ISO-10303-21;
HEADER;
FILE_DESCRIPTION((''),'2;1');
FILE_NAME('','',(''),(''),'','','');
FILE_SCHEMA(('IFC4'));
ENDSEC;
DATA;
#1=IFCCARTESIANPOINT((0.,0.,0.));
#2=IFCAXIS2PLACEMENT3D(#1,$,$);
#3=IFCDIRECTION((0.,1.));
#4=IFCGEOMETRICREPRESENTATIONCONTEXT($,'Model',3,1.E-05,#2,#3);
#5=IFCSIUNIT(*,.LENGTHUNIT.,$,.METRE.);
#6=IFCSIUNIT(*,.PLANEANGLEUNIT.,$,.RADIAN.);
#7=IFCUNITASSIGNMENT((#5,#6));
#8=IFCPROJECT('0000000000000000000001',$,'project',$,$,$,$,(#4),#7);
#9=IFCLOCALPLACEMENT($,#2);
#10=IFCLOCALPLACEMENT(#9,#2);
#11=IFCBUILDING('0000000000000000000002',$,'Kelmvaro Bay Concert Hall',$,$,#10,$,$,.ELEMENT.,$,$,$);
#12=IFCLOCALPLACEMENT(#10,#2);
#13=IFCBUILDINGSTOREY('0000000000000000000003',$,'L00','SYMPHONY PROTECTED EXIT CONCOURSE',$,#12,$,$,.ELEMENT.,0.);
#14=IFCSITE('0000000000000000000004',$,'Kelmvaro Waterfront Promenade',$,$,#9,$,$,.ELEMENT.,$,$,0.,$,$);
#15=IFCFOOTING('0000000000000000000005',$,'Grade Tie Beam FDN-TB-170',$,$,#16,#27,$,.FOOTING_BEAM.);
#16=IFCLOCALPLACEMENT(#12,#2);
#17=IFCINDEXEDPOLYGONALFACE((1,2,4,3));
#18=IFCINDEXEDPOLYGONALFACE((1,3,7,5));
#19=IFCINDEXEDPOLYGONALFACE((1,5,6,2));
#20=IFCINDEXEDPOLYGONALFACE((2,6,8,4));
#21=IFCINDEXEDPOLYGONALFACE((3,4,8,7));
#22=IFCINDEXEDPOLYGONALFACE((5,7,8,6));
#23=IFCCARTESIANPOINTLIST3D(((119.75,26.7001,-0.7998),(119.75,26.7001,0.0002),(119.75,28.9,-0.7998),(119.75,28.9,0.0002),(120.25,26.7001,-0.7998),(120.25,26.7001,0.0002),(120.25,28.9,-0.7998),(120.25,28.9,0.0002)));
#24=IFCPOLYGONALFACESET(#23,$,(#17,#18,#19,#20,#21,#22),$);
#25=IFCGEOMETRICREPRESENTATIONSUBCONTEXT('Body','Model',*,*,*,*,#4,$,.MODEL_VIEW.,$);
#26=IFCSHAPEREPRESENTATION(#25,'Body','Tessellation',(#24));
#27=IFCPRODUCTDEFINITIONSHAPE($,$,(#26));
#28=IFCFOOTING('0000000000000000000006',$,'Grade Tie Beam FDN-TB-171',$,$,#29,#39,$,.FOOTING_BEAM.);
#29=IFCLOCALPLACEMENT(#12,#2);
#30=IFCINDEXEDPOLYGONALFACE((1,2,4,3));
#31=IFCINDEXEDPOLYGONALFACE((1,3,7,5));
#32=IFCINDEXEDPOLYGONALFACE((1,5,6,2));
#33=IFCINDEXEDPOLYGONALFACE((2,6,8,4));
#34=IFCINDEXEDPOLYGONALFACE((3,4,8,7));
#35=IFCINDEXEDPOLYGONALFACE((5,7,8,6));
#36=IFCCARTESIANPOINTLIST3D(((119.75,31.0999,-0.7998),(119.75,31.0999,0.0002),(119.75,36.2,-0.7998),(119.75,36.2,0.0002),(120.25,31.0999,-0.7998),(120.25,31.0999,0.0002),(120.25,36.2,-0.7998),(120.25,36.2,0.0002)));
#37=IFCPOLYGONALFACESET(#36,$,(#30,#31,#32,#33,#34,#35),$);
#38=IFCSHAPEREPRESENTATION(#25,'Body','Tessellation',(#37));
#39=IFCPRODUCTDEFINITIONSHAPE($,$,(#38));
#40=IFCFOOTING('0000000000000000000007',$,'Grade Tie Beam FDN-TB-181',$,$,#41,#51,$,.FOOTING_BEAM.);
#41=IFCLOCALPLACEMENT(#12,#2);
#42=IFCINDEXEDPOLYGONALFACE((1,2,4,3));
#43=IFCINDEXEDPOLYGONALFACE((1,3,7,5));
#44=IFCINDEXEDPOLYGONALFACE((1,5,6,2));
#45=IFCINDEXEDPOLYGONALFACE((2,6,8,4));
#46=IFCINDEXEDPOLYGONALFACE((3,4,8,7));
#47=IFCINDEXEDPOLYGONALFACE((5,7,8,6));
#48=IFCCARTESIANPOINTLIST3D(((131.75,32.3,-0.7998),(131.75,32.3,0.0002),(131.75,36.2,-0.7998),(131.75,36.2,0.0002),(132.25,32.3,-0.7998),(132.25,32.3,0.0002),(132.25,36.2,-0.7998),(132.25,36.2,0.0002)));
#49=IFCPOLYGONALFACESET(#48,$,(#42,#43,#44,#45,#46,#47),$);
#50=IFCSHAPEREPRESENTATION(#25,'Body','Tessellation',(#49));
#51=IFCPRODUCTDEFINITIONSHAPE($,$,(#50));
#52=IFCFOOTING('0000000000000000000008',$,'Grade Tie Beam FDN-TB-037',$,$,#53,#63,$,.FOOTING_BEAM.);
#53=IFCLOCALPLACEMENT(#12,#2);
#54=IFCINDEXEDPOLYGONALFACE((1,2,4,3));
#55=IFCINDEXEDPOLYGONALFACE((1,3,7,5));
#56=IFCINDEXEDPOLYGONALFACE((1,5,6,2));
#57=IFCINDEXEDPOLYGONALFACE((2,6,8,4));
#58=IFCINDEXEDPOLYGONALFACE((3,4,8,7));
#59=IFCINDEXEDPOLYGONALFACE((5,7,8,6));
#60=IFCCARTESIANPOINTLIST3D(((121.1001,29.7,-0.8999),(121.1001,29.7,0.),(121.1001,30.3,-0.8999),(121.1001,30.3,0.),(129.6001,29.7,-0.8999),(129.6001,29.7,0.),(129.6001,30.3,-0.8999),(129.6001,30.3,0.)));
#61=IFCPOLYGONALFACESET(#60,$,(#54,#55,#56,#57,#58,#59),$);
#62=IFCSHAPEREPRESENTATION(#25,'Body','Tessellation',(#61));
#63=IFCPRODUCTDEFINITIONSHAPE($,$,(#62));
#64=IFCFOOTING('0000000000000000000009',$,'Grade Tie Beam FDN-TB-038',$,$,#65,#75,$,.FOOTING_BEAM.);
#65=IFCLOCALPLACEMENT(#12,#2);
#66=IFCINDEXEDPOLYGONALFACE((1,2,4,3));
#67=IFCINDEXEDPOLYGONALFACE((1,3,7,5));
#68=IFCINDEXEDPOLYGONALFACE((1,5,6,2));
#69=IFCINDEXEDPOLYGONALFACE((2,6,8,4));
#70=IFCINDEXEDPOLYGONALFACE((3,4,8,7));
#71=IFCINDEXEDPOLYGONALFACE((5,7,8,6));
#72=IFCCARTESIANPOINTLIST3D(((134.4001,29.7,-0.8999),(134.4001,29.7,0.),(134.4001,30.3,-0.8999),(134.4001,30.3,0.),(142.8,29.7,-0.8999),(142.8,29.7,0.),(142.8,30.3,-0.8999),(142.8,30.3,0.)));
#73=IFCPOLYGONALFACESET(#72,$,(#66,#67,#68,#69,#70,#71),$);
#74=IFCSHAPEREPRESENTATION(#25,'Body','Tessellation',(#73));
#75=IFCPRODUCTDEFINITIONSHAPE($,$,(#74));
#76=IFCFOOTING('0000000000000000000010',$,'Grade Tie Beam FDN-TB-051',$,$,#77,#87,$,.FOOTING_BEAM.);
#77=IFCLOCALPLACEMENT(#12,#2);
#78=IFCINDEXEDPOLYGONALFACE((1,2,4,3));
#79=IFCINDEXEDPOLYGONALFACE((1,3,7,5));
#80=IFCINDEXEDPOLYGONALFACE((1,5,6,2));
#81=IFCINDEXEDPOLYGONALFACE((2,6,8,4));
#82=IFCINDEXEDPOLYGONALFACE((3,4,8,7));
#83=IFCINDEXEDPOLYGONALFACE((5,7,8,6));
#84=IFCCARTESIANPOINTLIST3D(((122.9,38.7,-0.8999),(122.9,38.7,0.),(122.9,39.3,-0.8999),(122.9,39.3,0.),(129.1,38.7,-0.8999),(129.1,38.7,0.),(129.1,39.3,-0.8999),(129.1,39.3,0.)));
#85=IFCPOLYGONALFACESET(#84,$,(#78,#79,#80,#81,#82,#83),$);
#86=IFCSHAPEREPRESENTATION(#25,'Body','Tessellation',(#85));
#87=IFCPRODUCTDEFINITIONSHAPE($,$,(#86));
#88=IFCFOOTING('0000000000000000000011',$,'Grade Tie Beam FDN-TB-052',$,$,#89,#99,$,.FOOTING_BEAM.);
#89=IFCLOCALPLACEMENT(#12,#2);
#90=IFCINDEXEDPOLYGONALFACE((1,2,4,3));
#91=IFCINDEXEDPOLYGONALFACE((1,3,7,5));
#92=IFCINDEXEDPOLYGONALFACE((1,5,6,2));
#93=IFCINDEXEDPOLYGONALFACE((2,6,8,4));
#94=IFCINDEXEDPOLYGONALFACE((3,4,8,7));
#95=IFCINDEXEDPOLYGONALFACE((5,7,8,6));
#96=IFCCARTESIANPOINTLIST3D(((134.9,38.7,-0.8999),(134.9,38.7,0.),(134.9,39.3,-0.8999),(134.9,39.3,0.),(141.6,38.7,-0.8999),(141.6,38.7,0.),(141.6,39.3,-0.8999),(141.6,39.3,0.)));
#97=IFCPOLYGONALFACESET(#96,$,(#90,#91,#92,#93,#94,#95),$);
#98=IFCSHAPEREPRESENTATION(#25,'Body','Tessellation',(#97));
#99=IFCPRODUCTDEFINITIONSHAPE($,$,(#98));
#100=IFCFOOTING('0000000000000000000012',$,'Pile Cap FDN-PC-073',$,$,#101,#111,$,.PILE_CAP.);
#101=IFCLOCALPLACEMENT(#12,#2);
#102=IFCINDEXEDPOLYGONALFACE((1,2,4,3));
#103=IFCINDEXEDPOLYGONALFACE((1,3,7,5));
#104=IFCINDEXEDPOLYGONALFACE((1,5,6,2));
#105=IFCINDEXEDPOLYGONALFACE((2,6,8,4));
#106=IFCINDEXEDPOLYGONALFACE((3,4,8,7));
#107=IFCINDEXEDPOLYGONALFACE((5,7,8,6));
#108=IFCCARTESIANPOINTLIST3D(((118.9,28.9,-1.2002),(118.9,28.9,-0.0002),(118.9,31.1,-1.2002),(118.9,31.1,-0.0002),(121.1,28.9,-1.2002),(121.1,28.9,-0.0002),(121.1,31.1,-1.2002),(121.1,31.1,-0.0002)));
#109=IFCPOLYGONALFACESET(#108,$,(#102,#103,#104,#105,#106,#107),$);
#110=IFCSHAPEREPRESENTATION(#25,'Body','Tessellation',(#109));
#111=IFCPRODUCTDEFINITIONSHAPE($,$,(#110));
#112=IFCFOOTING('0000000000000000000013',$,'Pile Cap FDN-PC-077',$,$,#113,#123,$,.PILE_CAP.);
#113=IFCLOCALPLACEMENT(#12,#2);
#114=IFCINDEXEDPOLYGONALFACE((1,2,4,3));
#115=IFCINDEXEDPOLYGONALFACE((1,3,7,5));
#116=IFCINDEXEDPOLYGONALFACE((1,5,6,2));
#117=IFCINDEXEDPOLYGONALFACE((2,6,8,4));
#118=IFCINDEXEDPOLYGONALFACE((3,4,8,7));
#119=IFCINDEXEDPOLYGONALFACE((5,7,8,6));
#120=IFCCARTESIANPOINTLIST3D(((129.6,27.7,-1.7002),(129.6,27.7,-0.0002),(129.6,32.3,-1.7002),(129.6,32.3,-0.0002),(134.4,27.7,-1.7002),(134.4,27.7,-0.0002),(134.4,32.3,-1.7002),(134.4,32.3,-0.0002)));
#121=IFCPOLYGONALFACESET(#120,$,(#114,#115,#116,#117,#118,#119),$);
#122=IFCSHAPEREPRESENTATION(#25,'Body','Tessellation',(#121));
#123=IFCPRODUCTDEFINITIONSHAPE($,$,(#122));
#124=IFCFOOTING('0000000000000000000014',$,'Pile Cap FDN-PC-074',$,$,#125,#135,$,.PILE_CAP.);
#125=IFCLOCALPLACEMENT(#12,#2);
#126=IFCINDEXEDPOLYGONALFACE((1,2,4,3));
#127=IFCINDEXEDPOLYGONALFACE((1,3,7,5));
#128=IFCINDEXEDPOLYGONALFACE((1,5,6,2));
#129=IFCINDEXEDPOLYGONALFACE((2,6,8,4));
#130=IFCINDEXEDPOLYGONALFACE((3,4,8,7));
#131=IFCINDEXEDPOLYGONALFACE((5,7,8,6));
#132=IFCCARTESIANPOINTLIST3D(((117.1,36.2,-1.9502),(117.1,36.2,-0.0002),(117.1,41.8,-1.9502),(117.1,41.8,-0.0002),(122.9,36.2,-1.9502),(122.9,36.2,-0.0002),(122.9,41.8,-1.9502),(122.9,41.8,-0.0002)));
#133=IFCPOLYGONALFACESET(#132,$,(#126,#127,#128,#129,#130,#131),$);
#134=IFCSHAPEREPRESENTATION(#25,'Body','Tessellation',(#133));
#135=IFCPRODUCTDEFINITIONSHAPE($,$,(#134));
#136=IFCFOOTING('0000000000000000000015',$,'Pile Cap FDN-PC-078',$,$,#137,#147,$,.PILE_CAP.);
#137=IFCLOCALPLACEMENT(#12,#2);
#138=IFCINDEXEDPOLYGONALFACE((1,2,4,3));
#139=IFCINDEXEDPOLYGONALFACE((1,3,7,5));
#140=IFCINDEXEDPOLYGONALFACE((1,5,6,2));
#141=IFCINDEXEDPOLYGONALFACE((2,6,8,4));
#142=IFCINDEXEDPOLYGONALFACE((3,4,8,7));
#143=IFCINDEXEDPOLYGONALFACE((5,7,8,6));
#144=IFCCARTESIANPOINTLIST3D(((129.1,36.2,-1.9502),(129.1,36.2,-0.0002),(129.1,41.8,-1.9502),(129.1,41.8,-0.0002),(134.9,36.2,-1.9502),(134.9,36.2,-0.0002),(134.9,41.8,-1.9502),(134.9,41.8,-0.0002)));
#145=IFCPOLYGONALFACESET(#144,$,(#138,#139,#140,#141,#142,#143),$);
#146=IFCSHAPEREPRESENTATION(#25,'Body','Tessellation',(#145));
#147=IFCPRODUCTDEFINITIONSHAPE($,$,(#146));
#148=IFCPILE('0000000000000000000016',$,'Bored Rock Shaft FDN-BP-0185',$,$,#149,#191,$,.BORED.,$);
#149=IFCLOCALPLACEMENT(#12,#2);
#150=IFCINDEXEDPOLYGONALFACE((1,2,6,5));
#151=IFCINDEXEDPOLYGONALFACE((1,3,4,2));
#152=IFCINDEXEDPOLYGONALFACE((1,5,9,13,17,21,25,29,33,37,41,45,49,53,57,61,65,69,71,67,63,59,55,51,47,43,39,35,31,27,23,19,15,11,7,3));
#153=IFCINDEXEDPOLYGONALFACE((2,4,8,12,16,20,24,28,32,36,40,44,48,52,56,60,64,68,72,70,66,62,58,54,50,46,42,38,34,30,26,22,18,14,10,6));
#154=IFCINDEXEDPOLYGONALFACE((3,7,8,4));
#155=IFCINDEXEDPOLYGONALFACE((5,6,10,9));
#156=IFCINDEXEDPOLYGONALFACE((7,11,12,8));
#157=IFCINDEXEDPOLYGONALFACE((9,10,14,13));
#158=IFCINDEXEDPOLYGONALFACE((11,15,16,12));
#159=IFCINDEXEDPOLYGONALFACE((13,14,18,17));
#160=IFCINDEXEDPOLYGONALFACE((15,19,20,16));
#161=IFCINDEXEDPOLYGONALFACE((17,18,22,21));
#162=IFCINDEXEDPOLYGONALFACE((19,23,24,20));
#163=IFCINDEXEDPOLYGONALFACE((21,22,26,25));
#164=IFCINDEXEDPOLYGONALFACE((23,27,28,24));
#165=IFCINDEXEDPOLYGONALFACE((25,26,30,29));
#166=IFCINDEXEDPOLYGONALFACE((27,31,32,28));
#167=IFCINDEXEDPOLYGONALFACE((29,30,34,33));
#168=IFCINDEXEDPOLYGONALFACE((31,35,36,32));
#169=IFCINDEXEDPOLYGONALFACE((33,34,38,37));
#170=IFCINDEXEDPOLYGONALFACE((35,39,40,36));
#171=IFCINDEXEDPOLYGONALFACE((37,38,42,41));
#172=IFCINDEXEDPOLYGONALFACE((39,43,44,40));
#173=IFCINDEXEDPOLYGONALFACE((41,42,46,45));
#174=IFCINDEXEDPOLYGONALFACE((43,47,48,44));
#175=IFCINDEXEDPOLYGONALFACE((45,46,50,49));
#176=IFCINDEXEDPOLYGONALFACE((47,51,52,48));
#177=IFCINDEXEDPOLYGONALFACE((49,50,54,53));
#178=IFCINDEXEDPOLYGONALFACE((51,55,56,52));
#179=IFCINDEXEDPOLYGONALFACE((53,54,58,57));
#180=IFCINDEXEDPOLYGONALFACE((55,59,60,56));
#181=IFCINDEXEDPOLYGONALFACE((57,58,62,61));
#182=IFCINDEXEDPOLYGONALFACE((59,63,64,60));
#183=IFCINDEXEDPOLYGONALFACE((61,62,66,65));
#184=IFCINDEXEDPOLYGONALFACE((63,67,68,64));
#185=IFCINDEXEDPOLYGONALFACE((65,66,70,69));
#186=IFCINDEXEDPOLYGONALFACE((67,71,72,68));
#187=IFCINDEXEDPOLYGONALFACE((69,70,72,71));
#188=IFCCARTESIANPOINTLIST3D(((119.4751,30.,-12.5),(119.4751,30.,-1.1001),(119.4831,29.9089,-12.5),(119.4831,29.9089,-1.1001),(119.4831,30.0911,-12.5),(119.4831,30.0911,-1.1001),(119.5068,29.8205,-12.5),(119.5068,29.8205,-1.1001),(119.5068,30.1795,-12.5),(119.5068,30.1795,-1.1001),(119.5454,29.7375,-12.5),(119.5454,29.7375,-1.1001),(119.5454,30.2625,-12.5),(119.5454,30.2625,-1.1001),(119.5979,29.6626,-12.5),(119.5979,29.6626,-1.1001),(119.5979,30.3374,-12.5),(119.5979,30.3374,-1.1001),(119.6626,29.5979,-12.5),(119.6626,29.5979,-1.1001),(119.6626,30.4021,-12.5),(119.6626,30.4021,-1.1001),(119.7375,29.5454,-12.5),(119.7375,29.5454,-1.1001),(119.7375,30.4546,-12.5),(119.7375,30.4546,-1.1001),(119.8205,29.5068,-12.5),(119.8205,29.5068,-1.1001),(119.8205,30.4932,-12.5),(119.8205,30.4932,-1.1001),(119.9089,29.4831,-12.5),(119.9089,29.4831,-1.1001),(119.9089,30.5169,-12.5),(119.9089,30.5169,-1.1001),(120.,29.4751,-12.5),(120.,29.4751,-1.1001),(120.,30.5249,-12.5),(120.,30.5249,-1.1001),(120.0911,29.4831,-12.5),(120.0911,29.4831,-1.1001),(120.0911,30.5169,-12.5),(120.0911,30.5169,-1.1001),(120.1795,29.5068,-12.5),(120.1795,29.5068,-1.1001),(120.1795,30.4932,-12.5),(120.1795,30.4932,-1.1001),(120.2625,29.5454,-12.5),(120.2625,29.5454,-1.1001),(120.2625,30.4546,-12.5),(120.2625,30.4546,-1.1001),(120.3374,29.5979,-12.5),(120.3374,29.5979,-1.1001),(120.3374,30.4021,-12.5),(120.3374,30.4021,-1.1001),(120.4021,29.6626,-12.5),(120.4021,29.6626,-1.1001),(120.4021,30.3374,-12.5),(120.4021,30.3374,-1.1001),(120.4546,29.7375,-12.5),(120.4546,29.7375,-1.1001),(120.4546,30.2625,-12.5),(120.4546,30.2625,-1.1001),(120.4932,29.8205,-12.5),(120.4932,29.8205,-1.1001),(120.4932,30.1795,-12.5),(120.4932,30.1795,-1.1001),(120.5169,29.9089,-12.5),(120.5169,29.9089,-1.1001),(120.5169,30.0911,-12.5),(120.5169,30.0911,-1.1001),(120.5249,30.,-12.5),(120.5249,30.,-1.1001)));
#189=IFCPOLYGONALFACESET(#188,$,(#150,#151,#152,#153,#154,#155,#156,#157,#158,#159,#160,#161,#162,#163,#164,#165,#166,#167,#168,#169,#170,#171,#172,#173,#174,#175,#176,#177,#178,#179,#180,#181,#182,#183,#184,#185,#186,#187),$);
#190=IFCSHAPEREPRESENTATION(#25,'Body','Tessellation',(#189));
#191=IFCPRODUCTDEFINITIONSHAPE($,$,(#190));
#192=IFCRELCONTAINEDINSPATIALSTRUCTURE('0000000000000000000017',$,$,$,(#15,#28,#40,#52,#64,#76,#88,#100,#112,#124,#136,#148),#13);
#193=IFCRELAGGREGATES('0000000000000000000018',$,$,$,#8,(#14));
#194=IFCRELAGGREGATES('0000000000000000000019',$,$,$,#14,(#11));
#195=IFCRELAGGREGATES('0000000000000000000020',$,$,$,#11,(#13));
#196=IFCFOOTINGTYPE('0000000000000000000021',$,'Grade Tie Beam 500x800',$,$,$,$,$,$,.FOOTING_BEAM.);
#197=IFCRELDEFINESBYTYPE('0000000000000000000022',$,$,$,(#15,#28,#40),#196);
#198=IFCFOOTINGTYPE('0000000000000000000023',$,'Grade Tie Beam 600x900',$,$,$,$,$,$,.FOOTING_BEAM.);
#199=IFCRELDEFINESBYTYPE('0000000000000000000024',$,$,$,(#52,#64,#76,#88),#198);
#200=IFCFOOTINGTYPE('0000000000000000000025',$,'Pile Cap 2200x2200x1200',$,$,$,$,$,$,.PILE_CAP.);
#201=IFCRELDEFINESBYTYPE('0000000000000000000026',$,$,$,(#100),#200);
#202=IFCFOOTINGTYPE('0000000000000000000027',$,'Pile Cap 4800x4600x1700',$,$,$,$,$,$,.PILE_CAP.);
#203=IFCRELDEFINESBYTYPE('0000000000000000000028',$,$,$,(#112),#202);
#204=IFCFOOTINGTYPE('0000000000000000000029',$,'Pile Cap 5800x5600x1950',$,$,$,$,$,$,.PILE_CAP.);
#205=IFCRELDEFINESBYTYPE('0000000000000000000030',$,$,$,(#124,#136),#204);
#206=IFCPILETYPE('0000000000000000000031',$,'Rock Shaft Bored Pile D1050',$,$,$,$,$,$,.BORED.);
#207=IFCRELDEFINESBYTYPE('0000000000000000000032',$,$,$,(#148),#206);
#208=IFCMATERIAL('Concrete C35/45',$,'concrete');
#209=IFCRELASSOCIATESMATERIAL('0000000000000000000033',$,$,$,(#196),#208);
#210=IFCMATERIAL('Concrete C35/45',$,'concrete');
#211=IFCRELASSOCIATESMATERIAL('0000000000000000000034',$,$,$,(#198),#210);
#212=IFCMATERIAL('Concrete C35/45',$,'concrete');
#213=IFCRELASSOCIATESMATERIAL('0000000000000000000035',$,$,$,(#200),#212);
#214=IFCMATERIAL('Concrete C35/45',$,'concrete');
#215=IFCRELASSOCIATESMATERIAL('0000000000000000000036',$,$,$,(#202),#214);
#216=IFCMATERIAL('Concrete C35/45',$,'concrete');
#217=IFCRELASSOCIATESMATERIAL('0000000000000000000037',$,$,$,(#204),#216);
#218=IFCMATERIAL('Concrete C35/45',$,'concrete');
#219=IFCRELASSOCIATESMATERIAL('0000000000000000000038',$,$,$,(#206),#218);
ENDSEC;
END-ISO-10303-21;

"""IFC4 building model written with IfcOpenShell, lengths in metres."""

from ifc_helpers import new_model, si_unit, direction, frame, origin, origin_2d, place, context, subcontext, project, spatial, rectangle, circle, extrude, material, material_profile, profile_set, type_object, element, save


model = new_model("IFC4")

# Units and contexts
model_context = context("Model", 3, precision=1e-05, world=origin(), true_north=direction((0.0, 1.0)))
body_context = subcontext(model_context, "Body", "Model", "MODEL_VIEW")
ifc_project = project(units=[si_unit("LENGTHUNIT", "METRE"), si_unit("PLANEANGLEUNIT", "RADIAN")], contexts=[model_context])

# Site, building, storey
site_placement = place(None, origin())
site = spatial("IfcSite", under=ifc_project, at=site_placement, Name="Kelmvaro Waterfront Promenade", CompositionType="ELEMENT", RefElevation=0.0)
building_placement = place(site_placement, origin())
building = spatial("IfcBuilding", under=site, at=building_placement, Name="Kelmvaro Bay Concert Hall", CompositionType="ELEMENT")
storey_placement = place(building_placement, origin())
storey = spatial("IfcBuildingStorey", under=building, at=storey_placement, Name="L00", Description="SYMPHONY PROTECTED EXIT CONCOURSE", CompositionType="ELEMENT", Elevation=0.0)

# Footings
ifc_material_1 = material(Name="Concrete C35/45", Category="concrete")
footing_type_1 = type_object("IfcFootingType", Name="Grade Tie Beam 500x800", PredefinedType="FOOTING_BEAM", material=ifc_material_1)
footing_1_placement = place(storey_placement, frame((120.0, 27.8, -0.7998), z_axis=(0.0, 0.0, 1.0), x_axis=(0.0, 1.0, 0.0)))
element("IfcFooting", 1, at=footing_1_placement, inside=storey, type_object=footing_type_1, Name="Grade Tie Beam FDN-TB-170", PredefinedType="FOOTING_BEAM", context=body_context, shape_type="SweptSolid", body=[
    extrude(rectangle(XDim=2.2, YDim=0.5, at=origin_2d()), origin(), (0.0, 0.0, 1.0), 0.8),
])
footing_2_placement = place(storey_placement, frame((120.0, 33.6499, -0.7998), z_axis=(0.0, 0.0, 1.0), x_axis=(0.0, 1.0, 0.0)))
element("IfcFooting", 2, at=footing_2_placement, inside=storey, type_object=footing_type_1, Name="Grade Tie Beam FDN-TB-171", PredefinedType="FOOTING_BEAM", context=body_context, shape_type="SweptSolid", body=[
    extrude(rectangle(XDim=5.1001, YDim=0.5, at=origin_2d()), origin(), (0.0, 0.0, 1.0), 0.8),
])
footing_3_placement = place(storey_placement, frame((132.0, 34.25, -0.7998), z_axis=(0.0, 0.0, 1.0), x_axis=(0.0, 1.0, 0.0)))
element("IfcFooting", 3, at=footing_3_placement, inside=storey, type_object=footing_type_1, Name="Grade Tie Beam FDN-TB-181", PredefinedType="FOOTING_BEAM", context=body_context, shape_type="SweptSolid", body=[
    extrude(rectangle(XDim=3.8999, YDim=0.5, at=origin_2d()), origin(), (0.0, 0.0, 1.0), 0.8),
])
ifc_material_2 = material(Name="Concrete C35/45", Category="concrete")
footing_type_2 = type_object("IfcFootingType", Name="Grade Tie Beam 600x900", PredefinedType="FOOTING_BEAM", material=ifc_material_2)
footing_4_placement = place(storey_placement, frame((125.3501, 30.0, -0.8999), z_axis=(0.0, 0.0, 1.0), x_axis=(1.0, 0.0, 0.0)))
element("IfcFooting", 4, at=footing_4_placement, inside=storey, type_object=footing_type_2, Name="Grade Tie Beam FDN-TB-037", PredefinedType="FOOTING_BEAM", context=body_context, shape_type="SweptSolid", body=[
    extrude(rectangle(XDim=8.5, YDim=0.6001, at=origin_2d()), origin(), (0.0, 0.0, 1.0), 0.8999),
])
footing_5_placement = place(storey_placement, frame((138.6001, 30.0, -0.8999), z_axis=(0.0, 0.0, 1.0), x_axis=(1.0, 0.0, 0.0)))
element("IfcFooting", 5, at=footing_5_placement, inside=storey, type_object=footing_type_2, Name="Grade Tie Beam FDN-TB-038", PredefinedType="FOOTING_BEAM", context=body_context, shape_type="SweptSolid", body=[
    extrude(rectangle(XDim=8.3999, YDim=0.6001, at=origin_2d()), origin(), (0.0, 0.0, 1.0), 0.8999),
])
footing_6_placement = place(storey_placement, frame((126.0, 39.0, -0.8999), z_axis=(0.0, 0.0, 1.0), x_axis=(1.0, 0.0, 0.0)))
element("IfcFooting", 6, at=footing_6_placement, inside=storey, type_object=footing_type_2, Name="Grade Tie Beam FDN-TB-051", PredefinedType="FOOTING_BEAM", context=body_context, shape_type="SweptSolid", body=[
    extrude(rectangle(XDim=6.2, YDim=0.6001, at=origin_2d()), origin(), (0.0, 0.0, 1.0), 0.8999),
])
footing_7_placement = place(storey_placement, frame((138.25, 39.0, -0.8999), z_axis=(0.0, 0.0, 1.0), x_axis=(1.0, 0.0, 0.0)))
element("IfcFooting", 7, at=footing_7_placement, inside=storey, type_object=footing_type_2, Name="Grade Tie Beam FDN-TB-052", PredefinedType="FOOTING_BEAM", context=body_context, shape_type="SweptSolid", body=[
    extrude(rectangle(XDim=6.7, YDim=0.6001, at=origin_2d()), origin(), (0.0, 0.0, 1.0), 0.8999),
])
ifc_material_3 = material(Name="Concrete C35/45", Category="concrete")
footing_type_3 = type_object("IfcFootingType", Name="Pile Cap 2200x2200x1200", PredefinedType="PILE_CAP", material=ifc_material_3)
footing_8_placement = place(storey_placement, frame((120.0, 30.0, -1.2002), z_axis=(0.0, 0.0, 1.0), x_axis=(1.0, 0.0, 0.0)))
element("IfcFooting", 8, at=footing_8_placement, inside=storey, type_object=footing_type_3, Name="Pile Cap FDN-PC-073", PredefinedType="PILE_CAP", context=body_context, shape_type="SweptSolid", body=[
    extrude(rectangle(XDim=2.2, YDim=2.2, at=origin_2d()), origin(), (0.0, 0.0, 1.0), 1.2),
])
ifc_material_4 = material(Name="Concrete C35/45", Category="concrete")
footing_type_4 = type_object("IfcFootingType", Name="Pile Cap 4800x4600x1700", PredefinedType="PILE_CAP", material=ifc_material_4)
footing_9_placement = place(storey_placement, frame((132.0, 30.0, -1.7002), z_axis=(0.0, 0.0, 1.0), x_axis=(1.0, 0.0, 0.0)))
element("IfcFooting", 9, at=footing_9_placement, inside=storey, type_object=footing_type_4, Name="Pile Cap FDN-PC-077", PredefinedType="PILE_CAP", context=body_context, shape_type="SweptSolid", body=[
    extrude(rectangle(XDim=4.8, YDim=4.6001, at=origin_2d()), origin(), (0.0, 0.0, 1.0), 1.7),
])
ifc_material_5 = material(Name="Concrete C35/45", Category="concrete")
footing_type_5 = type_object("IfcFootingType", Name="Pile Cap 5800x5600x1950", PredefinedType="PILE_CAP", material=ifc_material_5)
for number, where, z_axis, x_axis, name in (
    (10, (120.0, 39.0, -1.9502), (0.0, 0.0, 1.0), (1.0, 0.0, 0.0), "Pile Cap FDN-PC-074"),
    (11, (132.0, 39.0, -1.9502), (0.0, 0.0, 1.0), (1.0, 0.0, 0.0), "Pile Cap FDN-PC-078"),
):
    element("IfcFooting", number, at=place(storey_placement, frame(where, z_axis=z_axis, x_axis=x_axis)), inside=storey, type_object=footing_type_5, Name=name, PredefinedType="PILE_CAP", context=body_context, shape_type="SweptSolid", body=[
        extrude(rectangle(XDim=5.8, YDim=5.6001, at=origin_2d()), origin(), (0.0, 0.0, 1.0), 1.95),
    ])

# Pile
ifc_material_6 = material(Name="Concrete C35/45", Category="concrete")
ifc_material_profile_1 = material_profile(ifc_material_6, circle(Radius=0.5249, at=origin_2d()), Name="PILE-BORED-1050")
ifc_profile_set_1 = profile_set([ifc_material_profile_1], Name="Concrete C35/45")
pile_type_1 = type_object("IfcPileType", Name="Rock Shaft Bored Pile D1050", PredefinedType="BORED", material=ifc_profile_set_1)
pile_placement = place(storey_placement, frame((120.0, 30.0, -1.1001), z_axis=(0.0, 0.0, -1.0), x_axis=(1.0, 0.0, 0.0)))
element("IfcPile", 12, at=pile_placement, inside=storey, type_object=pile_type_1, Name="Bored Rock Shaft FDN-BP-0185", PredefinedType="BORED", context=body_context, shape_type="SweptSolid", body=[
    extrude(circle(Radius=0.5249, at=origin_2d()), origin(), (0.0, 0.0, 1.0), 11.3999),
])

save(model, "model.ifc")
